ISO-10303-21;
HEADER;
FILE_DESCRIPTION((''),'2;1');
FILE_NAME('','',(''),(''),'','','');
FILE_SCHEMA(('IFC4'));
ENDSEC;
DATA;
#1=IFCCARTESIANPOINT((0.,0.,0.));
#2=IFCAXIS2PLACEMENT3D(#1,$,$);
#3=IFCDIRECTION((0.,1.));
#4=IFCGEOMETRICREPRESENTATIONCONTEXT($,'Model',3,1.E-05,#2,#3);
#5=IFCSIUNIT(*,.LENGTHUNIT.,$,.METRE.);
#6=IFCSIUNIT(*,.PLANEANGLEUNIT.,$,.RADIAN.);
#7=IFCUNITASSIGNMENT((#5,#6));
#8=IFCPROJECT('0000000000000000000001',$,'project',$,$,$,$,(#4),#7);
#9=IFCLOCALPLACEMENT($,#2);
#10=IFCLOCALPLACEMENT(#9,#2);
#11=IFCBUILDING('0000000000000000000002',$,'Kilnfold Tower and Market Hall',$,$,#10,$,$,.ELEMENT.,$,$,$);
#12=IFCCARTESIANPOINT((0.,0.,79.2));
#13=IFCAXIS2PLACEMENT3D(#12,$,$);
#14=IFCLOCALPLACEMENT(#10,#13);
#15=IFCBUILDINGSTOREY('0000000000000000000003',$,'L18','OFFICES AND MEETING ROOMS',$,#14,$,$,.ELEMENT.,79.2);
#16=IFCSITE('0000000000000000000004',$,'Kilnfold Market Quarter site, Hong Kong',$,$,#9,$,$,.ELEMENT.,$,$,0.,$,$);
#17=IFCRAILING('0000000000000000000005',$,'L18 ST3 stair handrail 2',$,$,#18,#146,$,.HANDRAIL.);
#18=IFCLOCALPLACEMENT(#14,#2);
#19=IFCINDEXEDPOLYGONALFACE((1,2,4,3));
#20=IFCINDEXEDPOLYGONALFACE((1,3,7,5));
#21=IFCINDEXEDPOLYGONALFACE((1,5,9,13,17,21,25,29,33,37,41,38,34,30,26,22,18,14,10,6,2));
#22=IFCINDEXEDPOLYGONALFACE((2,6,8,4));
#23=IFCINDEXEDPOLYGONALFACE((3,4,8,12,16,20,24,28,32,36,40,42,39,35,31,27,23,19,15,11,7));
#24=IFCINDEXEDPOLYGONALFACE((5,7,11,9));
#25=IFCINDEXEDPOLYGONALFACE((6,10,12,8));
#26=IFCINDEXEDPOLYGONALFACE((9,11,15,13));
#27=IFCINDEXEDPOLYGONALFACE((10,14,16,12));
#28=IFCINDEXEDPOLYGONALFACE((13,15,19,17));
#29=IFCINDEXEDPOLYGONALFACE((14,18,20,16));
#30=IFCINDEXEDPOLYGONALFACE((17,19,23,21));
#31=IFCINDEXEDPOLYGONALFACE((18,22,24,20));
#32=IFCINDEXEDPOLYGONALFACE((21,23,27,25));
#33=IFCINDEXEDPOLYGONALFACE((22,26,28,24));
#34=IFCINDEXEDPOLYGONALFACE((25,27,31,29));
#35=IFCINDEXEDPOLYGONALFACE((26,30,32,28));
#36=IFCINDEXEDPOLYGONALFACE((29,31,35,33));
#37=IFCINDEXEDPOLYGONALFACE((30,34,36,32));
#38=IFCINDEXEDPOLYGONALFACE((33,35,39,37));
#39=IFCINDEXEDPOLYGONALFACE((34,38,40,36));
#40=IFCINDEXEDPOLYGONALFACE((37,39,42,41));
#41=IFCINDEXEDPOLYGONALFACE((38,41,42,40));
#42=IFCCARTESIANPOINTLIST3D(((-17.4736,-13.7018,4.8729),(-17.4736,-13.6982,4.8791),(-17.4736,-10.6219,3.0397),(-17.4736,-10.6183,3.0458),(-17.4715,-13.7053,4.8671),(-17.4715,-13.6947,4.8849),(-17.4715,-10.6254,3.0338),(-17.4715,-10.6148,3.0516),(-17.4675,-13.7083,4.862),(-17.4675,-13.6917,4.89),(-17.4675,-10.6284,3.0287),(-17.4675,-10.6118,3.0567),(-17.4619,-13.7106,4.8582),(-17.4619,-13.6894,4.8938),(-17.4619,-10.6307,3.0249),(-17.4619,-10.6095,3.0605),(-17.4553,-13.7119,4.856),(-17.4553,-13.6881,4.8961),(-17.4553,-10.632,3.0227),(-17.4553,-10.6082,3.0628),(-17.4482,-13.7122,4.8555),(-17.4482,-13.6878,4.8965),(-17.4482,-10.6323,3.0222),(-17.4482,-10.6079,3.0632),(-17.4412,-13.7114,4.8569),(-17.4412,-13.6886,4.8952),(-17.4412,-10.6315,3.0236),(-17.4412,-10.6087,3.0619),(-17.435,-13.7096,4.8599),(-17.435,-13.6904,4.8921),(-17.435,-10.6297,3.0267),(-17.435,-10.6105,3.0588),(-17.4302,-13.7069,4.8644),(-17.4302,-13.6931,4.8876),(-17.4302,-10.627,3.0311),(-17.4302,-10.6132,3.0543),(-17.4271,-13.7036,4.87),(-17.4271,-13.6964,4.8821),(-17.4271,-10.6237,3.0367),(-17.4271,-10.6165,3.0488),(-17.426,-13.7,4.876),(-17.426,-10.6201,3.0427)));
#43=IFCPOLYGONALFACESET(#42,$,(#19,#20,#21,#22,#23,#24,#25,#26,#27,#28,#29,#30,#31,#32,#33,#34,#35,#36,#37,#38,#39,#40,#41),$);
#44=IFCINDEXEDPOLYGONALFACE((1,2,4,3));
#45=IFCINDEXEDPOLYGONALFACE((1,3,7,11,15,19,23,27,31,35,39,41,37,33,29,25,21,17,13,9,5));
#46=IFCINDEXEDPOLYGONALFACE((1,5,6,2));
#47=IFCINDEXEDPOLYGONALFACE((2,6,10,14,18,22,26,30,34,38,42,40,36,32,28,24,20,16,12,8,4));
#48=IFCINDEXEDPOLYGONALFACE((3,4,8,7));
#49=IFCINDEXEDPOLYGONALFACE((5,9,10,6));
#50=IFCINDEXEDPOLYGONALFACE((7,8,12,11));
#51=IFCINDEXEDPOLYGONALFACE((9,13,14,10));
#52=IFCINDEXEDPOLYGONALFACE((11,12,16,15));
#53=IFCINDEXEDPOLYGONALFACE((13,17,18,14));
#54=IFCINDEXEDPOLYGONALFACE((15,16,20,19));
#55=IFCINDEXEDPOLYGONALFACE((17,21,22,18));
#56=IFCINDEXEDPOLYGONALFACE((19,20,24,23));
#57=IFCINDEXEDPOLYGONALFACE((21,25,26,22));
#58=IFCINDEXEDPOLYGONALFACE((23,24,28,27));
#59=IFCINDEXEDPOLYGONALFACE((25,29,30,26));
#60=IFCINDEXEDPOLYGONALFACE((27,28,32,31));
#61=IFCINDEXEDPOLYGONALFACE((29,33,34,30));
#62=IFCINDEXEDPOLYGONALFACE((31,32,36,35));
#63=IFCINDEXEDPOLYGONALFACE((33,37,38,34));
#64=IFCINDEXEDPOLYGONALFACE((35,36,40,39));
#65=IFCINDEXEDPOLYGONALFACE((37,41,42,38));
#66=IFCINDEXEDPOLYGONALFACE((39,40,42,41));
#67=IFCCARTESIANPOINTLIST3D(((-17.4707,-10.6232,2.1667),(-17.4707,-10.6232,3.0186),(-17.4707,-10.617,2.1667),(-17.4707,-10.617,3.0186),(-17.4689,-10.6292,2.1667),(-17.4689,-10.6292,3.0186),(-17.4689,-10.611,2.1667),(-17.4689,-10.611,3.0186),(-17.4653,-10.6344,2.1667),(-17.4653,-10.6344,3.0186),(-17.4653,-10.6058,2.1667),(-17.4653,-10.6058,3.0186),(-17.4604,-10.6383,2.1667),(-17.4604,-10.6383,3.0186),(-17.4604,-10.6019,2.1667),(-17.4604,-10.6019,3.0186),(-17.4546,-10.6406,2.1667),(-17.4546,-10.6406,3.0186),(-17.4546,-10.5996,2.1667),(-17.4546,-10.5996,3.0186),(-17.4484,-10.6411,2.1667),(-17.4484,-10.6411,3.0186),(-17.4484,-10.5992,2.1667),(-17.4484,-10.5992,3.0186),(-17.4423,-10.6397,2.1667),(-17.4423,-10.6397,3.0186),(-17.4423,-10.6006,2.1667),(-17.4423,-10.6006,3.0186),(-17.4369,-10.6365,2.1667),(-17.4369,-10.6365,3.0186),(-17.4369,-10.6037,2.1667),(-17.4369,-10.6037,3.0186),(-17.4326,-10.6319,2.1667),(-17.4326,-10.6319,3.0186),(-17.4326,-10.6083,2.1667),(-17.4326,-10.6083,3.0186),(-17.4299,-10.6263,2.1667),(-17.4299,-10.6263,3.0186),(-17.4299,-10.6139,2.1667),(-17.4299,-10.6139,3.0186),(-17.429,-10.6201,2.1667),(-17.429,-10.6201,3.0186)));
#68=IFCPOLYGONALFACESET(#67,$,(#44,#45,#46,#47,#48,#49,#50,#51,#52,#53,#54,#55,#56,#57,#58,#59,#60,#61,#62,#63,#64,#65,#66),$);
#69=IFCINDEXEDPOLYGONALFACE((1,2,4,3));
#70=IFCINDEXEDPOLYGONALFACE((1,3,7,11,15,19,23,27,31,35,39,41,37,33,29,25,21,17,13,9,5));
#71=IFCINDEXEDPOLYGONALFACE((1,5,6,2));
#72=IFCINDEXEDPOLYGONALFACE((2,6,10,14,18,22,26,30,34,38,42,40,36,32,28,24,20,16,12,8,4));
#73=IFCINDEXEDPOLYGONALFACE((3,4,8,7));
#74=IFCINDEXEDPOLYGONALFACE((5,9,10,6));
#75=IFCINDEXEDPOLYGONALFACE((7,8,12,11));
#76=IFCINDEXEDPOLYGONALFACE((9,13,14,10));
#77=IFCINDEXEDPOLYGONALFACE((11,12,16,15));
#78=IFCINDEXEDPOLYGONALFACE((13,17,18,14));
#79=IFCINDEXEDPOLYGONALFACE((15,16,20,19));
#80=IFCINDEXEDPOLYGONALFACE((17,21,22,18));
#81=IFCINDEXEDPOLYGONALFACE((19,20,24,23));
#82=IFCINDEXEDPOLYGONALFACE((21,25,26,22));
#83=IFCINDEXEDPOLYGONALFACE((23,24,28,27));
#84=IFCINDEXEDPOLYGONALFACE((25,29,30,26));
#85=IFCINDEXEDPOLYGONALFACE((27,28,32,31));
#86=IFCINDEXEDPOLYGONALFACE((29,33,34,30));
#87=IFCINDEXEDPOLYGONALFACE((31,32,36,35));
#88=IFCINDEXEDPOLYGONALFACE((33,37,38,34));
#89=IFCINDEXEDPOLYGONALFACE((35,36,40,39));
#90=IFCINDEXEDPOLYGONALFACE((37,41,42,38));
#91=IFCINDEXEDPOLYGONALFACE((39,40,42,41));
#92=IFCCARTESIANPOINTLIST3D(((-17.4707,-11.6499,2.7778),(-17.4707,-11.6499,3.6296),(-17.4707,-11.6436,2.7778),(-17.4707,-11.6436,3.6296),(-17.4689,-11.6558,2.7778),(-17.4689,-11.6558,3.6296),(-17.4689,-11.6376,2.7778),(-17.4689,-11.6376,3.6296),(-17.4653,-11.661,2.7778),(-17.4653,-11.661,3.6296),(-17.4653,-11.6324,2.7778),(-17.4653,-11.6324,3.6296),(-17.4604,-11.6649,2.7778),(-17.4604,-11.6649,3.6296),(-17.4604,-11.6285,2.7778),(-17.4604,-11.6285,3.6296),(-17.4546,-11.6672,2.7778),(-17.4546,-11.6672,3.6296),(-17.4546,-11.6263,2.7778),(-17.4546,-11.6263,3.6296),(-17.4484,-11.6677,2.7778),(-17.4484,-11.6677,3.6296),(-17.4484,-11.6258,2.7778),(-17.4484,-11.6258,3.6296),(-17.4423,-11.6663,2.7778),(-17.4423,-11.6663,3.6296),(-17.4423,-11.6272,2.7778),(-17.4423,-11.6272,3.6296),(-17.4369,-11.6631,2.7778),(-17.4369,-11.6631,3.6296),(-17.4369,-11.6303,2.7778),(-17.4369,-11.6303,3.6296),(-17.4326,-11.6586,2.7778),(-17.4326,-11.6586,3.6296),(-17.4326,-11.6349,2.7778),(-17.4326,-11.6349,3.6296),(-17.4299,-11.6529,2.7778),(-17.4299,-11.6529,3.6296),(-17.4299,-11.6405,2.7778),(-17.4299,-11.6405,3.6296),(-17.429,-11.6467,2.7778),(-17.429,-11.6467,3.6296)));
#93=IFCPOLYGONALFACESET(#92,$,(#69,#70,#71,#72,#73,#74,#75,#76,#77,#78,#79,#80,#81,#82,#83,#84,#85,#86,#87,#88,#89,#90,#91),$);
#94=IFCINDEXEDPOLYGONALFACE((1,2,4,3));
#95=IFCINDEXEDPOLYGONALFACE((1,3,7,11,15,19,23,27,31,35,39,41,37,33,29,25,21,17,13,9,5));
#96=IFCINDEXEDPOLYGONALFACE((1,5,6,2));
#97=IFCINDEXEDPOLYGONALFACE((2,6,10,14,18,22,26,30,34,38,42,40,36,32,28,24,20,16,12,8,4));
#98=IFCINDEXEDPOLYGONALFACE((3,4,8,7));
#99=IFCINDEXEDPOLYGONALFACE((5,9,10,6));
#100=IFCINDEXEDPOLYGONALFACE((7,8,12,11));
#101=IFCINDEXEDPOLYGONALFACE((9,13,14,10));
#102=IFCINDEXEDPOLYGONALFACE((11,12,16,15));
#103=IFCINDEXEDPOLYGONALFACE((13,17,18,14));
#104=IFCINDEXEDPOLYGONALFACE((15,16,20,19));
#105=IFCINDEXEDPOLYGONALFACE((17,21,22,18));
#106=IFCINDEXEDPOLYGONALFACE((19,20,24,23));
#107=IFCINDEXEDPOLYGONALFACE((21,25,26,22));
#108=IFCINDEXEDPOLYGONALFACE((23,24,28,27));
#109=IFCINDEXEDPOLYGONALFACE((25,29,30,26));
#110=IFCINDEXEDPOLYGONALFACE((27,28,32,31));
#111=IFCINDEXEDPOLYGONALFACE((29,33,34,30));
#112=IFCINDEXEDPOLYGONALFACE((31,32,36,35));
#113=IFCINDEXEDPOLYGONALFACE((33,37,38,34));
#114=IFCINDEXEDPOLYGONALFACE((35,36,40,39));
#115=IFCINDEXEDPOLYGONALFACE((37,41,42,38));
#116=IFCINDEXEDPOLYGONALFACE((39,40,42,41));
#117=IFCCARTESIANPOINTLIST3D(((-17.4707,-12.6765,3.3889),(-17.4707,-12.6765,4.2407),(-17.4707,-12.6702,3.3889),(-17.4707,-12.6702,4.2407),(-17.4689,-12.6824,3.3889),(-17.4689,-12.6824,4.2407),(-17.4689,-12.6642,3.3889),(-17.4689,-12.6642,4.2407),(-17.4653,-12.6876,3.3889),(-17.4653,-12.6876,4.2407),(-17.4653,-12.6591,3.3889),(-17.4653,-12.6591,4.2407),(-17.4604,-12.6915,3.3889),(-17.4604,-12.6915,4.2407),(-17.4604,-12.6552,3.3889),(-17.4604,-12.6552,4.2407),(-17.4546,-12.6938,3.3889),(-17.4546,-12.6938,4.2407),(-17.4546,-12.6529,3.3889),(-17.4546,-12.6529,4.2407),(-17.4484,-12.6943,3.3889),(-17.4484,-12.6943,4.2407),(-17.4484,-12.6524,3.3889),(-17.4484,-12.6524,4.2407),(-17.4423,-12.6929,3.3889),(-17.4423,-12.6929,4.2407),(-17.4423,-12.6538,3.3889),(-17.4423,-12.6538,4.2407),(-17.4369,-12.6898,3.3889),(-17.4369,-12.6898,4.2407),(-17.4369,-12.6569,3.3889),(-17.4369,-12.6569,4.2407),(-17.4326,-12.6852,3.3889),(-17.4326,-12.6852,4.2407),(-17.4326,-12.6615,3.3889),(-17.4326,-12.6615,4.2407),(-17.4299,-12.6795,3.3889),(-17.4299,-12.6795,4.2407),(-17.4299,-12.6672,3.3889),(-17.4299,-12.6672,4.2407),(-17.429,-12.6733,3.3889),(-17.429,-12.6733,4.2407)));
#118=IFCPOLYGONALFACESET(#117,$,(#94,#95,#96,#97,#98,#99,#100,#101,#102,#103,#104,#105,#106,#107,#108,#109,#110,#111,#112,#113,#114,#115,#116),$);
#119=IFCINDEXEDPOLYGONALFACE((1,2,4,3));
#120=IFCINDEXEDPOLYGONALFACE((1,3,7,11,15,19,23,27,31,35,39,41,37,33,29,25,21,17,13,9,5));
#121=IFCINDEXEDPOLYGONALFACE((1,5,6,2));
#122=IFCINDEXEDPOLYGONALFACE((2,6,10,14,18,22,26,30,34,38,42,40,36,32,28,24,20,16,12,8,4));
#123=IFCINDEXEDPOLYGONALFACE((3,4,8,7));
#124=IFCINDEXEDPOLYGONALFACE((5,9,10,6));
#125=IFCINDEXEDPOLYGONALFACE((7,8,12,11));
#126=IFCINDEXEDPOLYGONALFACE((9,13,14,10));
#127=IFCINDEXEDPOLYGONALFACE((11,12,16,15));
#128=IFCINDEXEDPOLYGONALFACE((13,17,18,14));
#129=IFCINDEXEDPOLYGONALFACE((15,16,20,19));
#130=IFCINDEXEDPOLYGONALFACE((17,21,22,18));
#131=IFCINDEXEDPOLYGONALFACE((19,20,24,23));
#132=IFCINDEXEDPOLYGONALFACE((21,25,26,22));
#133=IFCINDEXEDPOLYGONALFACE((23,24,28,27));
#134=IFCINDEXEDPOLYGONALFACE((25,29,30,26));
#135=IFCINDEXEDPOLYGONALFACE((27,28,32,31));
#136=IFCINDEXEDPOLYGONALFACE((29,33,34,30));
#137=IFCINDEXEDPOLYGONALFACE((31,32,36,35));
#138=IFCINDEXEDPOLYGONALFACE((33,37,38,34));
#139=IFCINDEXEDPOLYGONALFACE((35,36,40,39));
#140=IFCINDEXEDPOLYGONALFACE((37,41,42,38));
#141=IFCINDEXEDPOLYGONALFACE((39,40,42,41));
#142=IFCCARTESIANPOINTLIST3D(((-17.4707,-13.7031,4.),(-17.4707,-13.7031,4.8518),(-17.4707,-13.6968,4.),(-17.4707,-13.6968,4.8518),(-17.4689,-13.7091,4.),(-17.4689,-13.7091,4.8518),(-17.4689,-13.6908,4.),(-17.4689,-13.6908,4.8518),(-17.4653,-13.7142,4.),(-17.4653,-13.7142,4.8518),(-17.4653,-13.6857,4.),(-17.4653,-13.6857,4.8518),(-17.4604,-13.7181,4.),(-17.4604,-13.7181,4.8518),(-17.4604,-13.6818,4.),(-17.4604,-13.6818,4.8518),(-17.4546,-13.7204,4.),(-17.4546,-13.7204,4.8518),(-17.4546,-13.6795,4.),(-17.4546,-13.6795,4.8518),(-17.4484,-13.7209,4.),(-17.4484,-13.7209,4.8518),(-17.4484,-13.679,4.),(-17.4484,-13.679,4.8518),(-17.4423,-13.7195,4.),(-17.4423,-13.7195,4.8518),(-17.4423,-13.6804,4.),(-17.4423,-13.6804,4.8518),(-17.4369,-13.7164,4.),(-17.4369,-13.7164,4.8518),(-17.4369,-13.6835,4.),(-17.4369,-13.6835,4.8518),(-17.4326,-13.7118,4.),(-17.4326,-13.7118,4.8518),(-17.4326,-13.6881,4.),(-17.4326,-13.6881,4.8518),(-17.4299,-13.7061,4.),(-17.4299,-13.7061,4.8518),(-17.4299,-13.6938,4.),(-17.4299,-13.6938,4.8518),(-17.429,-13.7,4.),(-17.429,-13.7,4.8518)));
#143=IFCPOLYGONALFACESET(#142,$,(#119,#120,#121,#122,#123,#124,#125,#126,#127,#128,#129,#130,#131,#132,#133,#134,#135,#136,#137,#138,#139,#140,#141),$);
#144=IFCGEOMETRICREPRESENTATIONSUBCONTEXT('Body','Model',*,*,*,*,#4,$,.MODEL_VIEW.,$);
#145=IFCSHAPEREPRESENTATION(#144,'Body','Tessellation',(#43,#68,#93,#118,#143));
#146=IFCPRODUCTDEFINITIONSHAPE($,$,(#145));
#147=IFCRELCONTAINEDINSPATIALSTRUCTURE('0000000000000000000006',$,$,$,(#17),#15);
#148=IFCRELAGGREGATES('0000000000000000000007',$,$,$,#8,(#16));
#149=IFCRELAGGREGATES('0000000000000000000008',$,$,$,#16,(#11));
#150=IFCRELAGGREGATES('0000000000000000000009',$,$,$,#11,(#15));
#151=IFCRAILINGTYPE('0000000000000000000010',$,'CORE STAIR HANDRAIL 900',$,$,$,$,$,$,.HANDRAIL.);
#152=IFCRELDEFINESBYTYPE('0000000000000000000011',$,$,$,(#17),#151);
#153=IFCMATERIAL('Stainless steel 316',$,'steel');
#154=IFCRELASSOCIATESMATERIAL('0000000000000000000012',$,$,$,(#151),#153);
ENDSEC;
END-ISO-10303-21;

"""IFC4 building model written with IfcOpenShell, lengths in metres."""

from ifc_helpers import new_model, si_unit, direction, frame, origin, origin_2d, place, context, subcontext, project, spatial, circle, extrude, material, type_object, element, save


model = new_model("IFC4")

# Units and contexts
model_context = context("Model", 3, precision=1e-05, world=origin(), true_north=direction((0.0, 1.0)))
body_context = subcontext(model_context, "Body", "Model", "MODEL_VIEW")
ifc_project = project(units=[si_unit("LENGTHUNIT", "METRE"), si_unit("PLANEANGLEUNIT", "RADIAN")], contexts=[model_context])

# Site, building, storey
site_placement = place(None, origin())
site = spatial("IfcSite", under=ifc_project, at=site_placement, Name="Kilnfold Market Quarter site, Hong Kong", CompositionType="ELEMENT", RefElevation=0.0)
building_placement = place(site_placement, origin())
building = spatial("IfcBuilding", under=site, at=building_placement, Name="Kilnfold Tower and Market Hall", CompositionType="ELEMENT")
storey_placement = place(building_placement, frame((0.0, 0.0, 79.2)))
storey = spatial("IfcBuildingStorey", under=building, at=storey_placement, Name="L18", Description="OFFICES AND MEETING ROOMS", CompositionType="ELEMENT", Elevation=79.2)

# Railing
ifc_material_1 = material(Name="Stainless steel 316", Category="steel")
railing_type_1 = type_object("IfcRailingType", Name="CORE STAIR HANDRAIL 900", PredefinedType="HANDRAIL", material=ifc_material_1)
railing_1_placement = place(storey_placement, frame((-17.45, -10.6201, 2.1667)))
element("IfcRailing", 1, at=railing_1_placement, inside=storey, type_object=railing_type_1, Name="L18 ST3 stair handrail 2", PredefinedType="HANDRAIL", context=body_context, shape_type="SweptSolid", body=[
    extrude(circle(Radius=0.0239, at=origin_2d()), frame((0.0, 0.0, 0.876), z_axis=(0.0, -0.859291, 0.511487), x_axis=(1.0, 0.0, 0.0)), (0.0, 0.0, 1.0), 3.5842),
    extrude(circle(Radius=0.021, at=origin_2d()), origin(), (0.0, 0.0, 1.0), 0.8518),
    extrude(circle(Radius=0.021, at=origin_2d()), frame((0.0, -1.0266, 0.6111)), (0.0, 0.0, 1.0), 0.8518),
    extrude(circle(Radius=0.021, at=origin_2d()), frame((0.0, -2.0532, 1.2222)), (0.0, 0.0, 1.0), 0.8518),
    extrude(circle(Radius=0.021, at=origin_2d()), frame((0.0, -3.0798, 1.8333)), (0.0, 0.0, 1.0), 0.8518),
])

save(model, "model.ifc")
